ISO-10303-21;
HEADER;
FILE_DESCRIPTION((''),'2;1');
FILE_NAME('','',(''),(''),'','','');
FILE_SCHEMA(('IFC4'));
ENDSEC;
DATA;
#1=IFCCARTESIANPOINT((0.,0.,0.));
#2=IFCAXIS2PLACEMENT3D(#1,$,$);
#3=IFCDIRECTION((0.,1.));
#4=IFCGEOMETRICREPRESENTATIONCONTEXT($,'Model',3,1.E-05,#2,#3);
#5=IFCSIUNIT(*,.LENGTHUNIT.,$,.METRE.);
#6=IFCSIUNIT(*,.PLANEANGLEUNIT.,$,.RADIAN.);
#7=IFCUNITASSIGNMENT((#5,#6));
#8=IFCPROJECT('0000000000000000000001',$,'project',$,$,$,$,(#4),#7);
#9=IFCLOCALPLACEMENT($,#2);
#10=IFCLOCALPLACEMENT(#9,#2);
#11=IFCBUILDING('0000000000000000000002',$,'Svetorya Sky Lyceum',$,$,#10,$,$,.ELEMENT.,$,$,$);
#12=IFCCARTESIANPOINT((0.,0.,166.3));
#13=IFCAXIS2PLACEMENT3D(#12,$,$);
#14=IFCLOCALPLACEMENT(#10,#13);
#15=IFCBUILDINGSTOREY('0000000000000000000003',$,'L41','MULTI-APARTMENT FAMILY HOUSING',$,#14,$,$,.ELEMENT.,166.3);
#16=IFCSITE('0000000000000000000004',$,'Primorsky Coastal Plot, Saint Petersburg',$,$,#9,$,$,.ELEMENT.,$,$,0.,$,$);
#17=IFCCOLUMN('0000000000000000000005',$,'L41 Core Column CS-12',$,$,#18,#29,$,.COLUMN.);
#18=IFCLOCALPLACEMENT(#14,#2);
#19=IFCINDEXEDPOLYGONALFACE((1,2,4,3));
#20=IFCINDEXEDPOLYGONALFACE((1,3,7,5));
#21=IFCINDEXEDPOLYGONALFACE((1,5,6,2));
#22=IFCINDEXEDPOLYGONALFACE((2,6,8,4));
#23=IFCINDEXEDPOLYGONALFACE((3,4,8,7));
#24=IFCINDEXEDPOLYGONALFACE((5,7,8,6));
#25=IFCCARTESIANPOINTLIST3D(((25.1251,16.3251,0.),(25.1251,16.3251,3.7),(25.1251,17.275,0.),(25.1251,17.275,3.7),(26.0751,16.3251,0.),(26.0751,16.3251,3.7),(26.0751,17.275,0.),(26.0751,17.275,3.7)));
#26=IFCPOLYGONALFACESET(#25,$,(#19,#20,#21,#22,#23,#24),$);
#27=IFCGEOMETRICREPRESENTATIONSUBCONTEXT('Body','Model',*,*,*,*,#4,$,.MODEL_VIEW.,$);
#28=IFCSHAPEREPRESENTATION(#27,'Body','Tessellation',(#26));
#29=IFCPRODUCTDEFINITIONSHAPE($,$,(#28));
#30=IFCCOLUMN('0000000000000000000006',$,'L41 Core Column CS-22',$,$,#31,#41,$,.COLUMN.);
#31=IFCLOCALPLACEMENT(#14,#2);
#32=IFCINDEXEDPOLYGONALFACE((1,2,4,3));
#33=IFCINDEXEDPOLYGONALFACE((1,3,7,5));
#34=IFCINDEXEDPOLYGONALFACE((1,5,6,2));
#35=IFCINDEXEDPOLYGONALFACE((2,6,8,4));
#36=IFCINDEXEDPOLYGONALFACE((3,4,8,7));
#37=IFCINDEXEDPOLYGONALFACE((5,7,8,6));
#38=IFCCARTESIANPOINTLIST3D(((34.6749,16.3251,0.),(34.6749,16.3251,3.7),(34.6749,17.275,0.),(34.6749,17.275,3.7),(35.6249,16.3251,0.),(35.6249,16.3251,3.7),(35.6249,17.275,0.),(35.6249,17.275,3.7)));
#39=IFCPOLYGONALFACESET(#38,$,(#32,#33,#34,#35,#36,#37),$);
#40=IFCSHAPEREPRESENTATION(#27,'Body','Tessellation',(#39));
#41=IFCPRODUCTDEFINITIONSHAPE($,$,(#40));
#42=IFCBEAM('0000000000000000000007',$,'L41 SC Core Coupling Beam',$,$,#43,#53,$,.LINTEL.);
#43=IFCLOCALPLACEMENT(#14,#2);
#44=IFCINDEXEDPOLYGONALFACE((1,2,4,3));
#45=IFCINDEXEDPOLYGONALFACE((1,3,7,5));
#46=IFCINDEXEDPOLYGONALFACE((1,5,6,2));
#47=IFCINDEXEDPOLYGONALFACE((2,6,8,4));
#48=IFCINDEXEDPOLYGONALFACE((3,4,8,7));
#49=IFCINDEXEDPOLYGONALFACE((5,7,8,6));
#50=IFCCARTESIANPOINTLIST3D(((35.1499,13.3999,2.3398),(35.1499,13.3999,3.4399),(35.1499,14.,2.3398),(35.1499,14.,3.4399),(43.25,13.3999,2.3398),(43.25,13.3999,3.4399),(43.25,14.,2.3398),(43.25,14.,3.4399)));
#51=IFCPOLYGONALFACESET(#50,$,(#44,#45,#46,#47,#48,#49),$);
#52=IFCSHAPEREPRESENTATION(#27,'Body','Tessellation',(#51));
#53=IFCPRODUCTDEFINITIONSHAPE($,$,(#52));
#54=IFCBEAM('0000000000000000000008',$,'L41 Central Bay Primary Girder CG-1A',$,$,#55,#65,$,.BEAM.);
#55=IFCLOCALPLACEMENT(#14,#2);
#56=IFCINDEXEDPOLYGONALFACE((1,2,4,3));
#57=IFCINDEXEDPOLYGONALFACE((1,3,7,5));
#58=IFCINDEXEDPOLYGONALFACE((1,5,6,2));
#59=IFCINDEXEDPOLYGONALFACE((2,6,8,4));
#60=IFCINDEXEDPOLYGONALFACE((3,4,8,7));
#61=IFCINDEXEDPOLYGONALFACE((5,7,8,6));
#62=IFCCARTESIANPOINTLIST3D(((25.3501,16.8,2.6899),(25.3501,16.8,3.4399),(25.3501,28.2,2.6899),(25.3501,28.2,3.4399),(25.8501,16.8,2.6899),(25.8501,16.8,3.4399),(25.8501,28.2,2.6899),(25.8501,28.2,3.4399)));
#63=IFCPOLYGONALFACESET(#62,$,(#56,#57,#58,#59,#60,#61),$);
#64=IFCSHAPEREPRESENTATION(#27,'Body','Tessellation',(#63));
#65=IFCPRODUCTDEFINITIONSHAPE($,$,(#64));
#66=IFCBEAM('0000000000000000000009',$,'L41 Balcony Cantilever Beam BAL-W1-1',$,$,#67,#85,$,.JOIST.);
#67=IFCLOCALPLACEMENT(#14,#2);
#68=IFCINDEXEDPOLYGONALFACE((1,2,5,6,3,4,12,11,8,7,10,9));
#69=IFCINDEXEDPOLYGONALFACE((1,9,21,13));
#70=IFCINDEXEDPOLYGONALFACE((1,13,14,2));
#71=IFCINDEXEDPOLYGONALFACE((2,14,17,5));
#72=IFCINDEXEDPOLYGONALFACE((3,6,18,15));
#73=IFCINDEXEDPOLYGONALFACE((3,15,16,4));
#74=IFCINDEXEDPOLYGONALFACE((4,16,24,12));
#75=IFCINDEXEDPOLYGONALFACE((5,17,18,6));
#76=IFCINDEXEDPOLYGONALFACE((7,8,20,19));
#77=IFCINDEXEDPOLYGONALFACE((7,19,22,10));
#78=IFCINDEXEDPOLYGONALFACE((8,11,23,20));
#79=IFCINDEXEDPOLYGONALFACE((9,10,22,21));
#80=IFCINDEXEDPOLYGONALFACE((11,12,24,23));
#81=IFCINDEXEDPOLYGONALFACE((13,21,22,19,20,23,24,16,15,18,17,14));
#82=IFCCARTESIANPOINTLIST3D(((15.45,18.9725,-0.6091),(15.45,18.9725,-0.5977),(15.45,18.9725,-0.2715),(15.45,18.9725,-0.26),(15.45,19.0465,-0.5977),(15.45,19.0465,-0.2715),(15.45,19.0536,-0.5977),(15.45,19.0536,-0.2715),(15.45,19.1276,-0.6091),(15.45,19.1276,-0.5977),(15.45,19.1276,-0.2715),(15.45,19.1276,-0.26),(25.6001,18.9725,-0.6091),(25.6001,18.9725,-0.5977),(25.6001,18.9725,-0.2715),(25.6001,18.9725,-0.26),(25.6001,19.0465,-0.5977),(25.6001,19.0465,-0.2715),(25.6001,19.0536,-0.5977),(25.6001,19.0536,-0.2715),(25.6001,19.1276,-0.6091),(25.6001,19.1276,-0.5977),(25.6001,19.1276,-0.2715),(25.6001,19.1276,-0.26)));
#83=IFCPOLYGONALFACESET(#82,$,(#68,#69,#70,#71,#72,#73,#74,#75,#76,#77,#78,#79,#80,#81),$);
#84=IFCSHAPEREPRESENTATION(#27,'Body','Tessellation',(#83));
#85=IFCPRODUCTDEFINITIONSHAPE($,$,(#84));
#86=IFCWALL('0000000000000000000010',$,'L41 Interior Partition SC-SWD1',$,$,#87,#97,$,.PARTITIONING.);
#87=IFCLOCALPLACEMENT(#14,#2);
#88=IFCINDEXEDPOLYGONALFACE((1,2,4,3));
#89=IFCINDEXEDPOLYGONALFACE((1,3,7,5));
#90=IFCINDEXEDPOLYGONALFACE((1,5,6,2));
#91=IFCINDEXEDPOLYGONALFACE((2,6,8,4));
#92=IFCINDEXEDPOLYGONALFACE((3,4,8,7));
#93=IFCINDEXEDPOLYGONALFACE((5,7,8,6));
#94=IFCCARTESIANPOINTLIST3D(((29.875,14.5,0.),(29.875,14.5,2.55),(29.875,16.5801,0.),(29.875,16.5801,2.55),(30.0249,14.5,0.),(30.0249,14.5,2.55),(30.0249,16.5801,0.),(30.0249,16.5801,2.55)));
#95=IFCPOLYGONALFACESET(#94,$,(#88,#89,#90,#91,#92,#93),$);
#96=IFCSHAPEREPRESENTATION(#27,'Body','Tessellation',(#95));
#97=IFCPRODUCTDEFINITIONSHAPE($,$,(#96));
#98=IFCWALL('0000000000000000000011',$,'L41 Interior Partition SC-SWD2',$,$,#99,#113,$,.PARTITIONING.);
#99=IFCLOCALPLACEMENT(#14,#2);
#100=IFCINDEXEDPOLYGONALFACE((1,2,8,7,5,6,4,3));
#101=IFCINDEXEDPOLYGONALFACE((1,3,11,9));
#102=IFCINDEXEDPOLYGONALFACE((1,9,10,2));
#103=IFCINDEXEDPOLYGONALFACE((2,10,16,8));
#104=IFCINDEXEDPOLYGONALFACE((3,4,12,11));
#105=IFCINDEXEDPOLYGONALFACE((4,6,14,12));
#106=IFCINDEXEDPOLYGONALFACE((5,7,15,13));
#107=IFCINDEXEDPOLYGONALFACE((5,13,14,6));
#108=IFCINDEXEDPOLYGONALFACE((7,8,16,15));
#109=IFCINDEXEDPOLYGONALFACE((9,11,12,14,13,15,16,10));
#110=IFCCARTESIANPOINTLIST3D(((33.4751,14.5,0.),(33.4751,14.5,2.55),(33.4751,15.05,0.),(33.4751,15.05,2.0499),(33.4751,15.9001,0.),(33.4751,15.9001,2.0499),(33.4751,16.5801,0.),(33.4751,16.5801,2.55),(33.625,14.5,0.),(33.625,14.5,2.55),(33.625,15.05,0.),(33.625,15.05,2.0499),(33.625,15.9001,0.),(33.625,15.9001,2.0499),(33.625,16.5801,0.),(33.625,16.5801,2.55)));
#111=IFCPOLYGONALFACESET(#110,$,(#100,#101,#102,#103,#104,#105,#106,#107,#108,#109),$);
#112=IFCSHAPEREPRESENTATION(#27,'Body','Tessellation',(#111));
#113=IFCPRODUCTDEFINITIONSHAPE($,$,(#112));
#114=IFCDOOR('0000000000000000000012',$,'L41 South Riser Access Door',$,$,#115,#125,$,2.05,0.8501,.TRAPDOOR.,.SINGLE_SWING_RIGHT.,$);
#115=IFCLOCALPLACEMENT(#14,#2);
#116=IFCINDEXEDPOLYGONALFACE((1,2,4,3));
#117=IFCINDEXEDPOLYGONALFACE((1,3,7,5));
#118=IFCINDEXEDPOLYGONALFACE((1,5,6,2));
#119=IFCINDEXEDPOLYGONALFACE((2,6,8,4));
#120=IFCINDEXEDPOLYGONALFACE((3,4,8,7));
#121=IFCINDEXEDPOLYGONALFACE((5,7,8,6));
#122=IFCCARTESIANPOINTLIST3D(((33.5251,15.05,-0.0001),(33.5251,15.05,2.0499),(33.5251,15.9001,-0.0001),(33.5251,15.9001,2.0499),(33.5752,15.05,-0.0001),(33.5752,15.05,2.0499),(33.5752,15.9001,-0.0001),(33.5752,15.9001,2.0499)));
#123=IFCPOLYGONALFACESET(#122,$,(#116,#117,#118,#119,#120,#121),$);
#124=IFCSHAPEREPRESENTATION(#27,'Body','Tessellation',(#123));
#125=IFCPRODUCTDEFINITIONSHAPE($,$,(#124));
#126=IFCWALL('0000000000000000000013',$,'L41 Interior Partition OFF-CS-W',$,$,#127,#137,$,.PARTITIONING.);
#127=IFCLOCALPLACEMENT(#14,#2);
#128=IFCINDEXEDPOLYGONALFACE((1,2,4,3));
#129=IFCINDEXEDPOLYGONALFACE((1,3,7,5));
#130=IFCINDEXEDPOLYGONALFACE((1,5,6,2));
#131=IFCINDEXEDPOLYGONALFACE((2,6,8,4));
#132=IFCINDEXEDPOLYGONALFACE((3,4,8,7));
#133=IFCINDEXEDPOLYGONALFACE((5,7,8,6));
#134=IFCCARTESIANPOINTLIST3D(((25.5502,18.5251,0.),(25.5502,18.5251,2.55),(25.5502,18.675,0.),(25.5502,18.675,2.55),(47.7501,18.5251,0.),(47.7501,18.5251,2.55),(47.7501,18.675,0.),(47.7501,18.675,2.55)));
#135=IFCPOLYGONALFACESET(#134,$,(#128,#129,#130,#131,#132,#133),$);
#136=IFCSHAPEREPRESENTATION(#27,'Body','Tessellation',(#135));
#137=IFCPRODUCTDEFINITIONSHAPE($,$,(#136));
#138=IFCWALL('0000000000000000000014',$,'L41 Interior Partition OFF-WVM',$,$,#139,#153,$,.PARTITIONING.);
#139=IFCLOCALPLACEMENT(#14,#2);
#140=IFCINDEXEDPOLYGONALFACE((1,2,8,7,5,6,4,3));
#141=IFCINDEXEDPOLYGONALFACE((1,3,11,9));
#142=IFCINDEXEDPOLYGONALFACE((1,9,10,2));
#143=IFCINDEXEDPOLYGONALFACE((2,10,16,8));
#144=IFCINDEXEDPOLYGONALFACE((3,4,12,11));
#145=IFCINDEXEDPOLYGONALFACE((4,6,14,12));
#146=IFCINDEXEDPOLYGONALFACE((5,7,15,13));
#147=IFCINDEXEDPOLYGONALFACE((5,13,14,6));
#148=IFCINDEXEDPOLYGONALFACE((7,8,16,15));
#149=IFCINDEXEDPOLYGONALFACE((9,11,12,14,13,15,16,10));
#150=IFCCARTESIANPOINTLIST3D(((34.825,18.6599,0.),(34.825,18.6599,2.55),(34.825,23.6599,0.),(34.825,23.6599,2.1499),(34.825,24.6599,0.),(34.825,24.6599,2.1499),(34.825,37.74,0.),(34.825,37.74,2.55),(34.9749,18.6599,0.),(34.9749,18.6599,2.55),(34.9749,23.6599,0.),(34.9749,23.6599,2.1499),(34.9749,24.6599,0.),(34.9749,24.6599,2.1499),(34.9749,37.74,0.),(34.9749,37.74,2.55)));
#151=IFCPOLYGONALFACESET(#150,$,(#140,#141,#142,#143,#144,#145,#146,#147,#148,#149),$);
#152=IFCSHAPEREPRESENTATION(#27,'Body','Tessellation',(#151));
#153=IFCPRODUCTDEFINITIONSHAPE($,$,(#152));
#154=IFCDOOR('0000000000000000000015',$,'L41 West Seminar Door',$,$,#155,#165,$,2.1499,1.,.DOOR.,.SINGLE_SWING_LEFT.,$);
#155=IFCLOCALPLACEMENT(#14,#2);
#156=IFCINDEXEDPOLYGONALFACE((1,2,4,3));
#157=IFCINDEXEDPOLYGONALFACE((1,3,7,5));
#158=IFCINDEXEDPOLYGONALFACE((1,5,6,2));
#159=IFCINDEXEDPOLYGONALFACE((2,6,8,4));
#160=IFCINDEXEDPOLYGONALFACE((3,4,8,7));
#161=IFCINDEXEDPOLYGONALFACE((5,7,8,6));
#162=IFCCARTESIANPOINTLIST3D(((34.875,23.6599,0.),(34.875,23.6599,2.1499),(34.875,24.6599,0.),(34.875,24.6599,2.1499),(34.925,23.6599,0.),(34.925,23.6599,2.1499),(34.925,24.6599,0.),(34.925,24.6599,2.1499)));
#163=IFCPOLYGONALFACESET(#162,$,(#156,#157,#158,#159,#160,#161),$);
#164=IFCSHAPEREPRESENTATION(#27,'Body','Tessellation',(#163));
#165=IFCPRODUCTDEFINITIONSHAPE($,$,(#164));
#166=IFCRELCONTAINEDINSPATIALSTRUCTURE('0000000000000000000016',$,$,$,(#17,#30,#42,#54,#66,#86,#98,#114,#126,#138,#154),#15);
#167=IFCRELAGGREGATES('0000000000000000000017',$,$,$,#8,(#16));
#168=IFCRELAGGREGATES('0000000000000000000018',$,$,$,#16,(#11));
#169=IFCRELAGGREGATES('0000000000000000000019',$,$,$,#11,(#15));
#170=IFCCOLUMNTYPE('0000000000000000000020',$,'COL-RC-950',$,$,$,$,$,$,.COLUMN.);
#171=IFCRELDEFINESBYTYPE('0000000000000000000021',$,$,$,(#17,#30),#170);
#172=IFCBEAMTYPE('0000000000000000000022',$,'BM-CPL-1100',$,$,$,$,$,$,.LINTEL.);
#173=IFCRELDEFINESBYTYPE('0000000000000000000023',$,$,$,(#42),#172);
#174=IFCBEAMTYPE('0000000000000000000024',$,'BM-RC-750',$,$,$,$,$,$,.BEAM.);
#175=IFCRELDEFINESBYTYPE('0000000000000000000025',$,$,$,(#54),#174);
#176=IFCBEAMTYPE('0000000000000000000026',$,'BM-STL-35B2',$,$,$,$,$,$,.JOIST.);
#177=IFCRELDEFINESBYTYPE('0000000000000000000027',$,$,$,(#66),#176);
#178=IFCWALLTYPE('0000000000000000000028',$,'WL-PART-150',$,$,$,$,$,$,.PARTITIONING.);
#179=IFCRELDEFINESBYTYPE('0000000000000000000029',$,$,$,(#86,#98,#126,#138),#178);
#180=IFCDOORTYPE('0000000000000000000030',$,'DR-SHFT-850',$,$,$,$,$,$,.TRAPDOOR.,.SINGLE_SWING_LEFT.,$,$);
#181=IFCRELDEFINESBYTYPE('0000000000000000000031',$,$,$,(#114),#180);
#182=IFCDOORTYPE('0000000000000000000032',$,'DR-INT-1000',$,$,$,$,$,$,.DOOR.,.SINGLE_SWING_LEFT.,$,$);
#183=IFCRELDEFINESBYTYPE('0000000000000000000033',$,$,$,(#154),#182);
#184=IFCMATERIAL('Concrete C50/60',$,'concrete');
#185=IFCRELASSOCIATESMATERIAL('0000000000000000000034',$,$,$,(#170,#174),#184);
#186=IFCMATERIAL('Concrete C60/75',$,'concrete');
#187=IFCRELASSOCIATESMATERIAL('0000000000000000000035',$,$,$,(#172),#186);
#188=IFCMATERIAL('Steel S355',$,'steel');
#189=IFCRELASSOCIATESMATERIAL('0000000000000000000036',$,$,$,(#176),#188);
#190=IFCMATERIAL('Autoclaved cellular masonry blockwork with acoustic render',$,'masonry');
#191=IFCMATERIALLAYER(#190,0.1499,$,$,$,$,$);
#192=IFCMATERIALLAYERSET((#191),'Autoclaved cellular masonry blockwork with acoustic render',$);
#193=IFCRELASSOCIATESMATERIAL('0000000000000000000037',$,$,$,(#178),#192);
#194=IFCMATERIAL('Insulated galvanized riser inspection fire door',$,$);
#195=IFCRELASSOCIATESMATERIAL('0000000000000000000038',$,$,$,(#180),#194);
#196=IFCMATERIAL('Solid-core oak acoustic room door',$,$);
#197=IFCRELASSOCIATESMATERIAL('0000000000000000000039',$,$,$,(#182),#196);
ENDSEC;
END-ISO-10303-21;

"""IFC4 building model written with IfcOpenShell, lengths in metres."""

from ifc_helpers import new_model, si_unit, direction, frame, frame_2d, origin, origin_2d, place, context, subcontext, project, spatial, rectangle, i_section, extrude, material, layer, layer_set, material_profile, profile_set, type_object, element, fill, save


model = new_model("IFC4")

# Units and contexts
model_context = context("Model", 3, precision=1e-05, world=origin(), true_north=direction((0.0, 1.0)))
body_context = subcontext(model_context, "Body", "Model", "MODEL_VIEW")
ifc_project = project(units=[si_unit("LENGTHUNIT", "METRE"), si_unit("PLANEANGLEUNIT", "RADIAN")], contexts=[model_context])

# Site, building, storey
site_placement = place(None, origin())
site = spatial("IfcSite", under=ifc_project, at=site_placement, Name="Primorsky Coastal Plot, Saint Petersburg", CompositionType="ELEMENT", RefElevation=0.0)
building_placement = place(site_placement, origin())
building = spatial("IfcBuilding", under=site, at=building_placement, Name="Svetorya Sky Lyceum", CompositionType="ELEMENT")
storey_placement = place(building_placement, frame((0.0, 0.0, 166.3)))
storey = spatial("IfcBuildingStorey", under=building, at=storey_placement, Name="L41", Description="MULTI-APARTMENT FAMILY HOUSING", CompositionType="ELEMENT", Elevation=166.3)

# Columns
ifc_material_1 = material(Name="Concrete C50/60", Category="concrete")
ifc_material_profile_1 = material_profile(ifc_material_1, rectangle(XDim=0.95, YDim=0.95, at=origin_2d()), Name="RC COL 950x950")
ifc_profile_set_1 = profile_set([ifc_material_profile_1], Name="Concrete C50/60")
column_type = type_object("IfcColumnType", Name="COL-RC-950", PredefinedType="COLUMN", material=ifc_profile_set_1)
for number, where, z_axis, x_axis, name in (
    (1, (25.6001, 16.8, 0.0), (0.0, 0.0, 1.0), (1.0, 0.0, 0.0), "L41 Core Column CS-12"),
    (2, (35.1499, 16.8, 0.0), (0.0, 0.0, 1.0), (1.0, 0.0, 0.0), "L41 Core Column CS-22"),
):
    element("IfcColumn", number, at=place(storey_placement, frame(where, z_axis=z_axis, x_axis=x_axis)), inside=storey, type_object=column_type, Name=name, PredefinedType="COLUMN", context=body_context, shape_type="SweptSolid", body=[
        extrude(rectangle(XDim=0.95, YDim=0.95, at=origin_2d()), origin(), (0.0, 0.0, 1.0), 3.7),
    ])

# Beams
ifc_material_2 = material(Name="Concrete C60/75", Category="concrete")
ifc_material_profile_2 = material_profile(ifc_material_2, rectangle(XDim=0.6001, YDim=1.1001, at=origin_2d()), Name="RC COUPLING 600x1100")
ifc_profile_set_2 = profile_set([ifc_material_profile_2], Name="Concrete C60/75")
beam_type_1 = type_object("IfcBeamType", Name="BM-CPL-1100", PredefinedType="LINTEL", material=ifc_profile_set_2)
beam_1_placement = place(storey_placement, frame((35.1499, 13.7, 2.8899), z_axis=(1.0, 0.0, 0.0), x_axis=(0.0, 1.0, 0.0)))
element("IfcBeam", 3, at=beam_1_placement, inside=storey, type_object=beam_type_1, Name="L41 SC Core Coupling Beam", PredefinedType="LINTEL", context=body_context, shape_type="SweptSolid", body=[
    extrude(rectangle(XDim=0.6001, YDim=1.1001, at=origin_2d()), origin(), (0.0, 0.0, 1.0), 8.1001),
])
ifc_material_profile_3 = material_profile(ifc_material_1, rectangle(XDim=0.5, YDim=0.75, at=origin_2d()), Name="RC BEAM 500x750")
ifc_profile_set_3 = profile_set([ifc_material_profile_3], Name="Concrete C50/60")
beam_type_2 = type_object("IfcBeamType", Name="BM-RC-750", PredefinedType="BEAM", material=ifc_profile_set_3)
beam_2_placement = place(storey_placement, frame((25.6001, 16.8, 3.0649), z_axis=(0.0, 1.0, 0.0), x_axis=(-1.0, 0.0, 0.0)))
element("IfcBeam", 4, at=beam_2_placement, inside=storey, type_object=beam_type_2, Name="L41 Central Bay Primary Girder CG-1A", PredefinedType="BEAM", context=body_context, shape_type="SweptSolid", body=[
    extrude(rectangle(XDim=0.5, YDim=0.75, at=origin_2d()), origin(), (0.0, 0.0, 1.0), 11.3999),
])
ifc_material_3 = material(Name="Steel S355", Category="steel")
ifc_material_profile_4 = material_profile(ifc_material_3, i_section(OverallWidth=0.155, OverallDepth=0.3491, WebThickness=0.0071, FlangeThickness=0.0115, at=origin_2d()), Name="GOST 35B2")
ifc_profile_set_4 = profile_set([ifc_material_profile_4], Name="Steel S355")
beam_type_3 = type_object("IfcBeamType", Name="BM-STL-35B2", PredefinedType="JOIST", material=ifc_profile_set_4)
beam_3_placement = place(storey_placement, frame((25.6001, 19.05, -0.4346), z_axis=(-1.0, 0.0, 0.0), x_axis=(0.0, -1.0, 0.0)))
element("IfcBeam", 5, at=beam_3_placement, inside=storey, type_object=beam_type_3, Name="L41 Balcony Cantilever Beam BAL-W1-1", PredefinedType="JOIST", context=body_context, shape_type="SweptSolid", body=[
    extrude(i_section(OverallWidth=0.155, OverallDepth=0.3491, WebThickness=0.0071, FlangeThickness=0.0115, at=origin_2d()), origin(), (0.0, 0.0, 1.0), 10.1501),
])

# Wall
ifc_material_4 = material(Name="Autoclaved cellular masonry blockwork with acoustic render", Category="masonry")
ifc_layer_1 = layer(ifc_material_4, 0.1499)
ifc_layer_set_1 = layer_set([ifc_layer_1], Name="Autoclaved cellular masonry blockwork with acoustic render")
wall_type_1 = type_object("IfcWallType", Name="WL-PART-150", PredefinedType="PARTITIONING", material=ifc_layer_set_1)
wall_1_placement = place(storey_placement, frame((29.95, 14.5, 0.0), z_axis=(0.0, 0.0, 1.0), x_axis=(0.0, 1.0, 0.0)))
element("IfcWall", 6, at=wall_1_placement, inside=storey, type_object=wall_type_1, Name="L41 Interior Partition SC-SWD1", PredefinedType="PARTITIONING", context=body_context, shape_type="SweptSolid", body=[
    extrude(rectangle(XDim=2.0801, YDim=0.1499, at=frame_2d((1.04, 0.0))), origin(), (0.0, 0.0, 1.0), 2.55),
])

# Wall, opening, door
wall_2_placement = place(storey_placement, frame((33.55, 14.5, 0.0), z_axis=(0.0, 0.0, 1.0), x_axis=(0.0, 1.0, 0.0)))
wall_2 = element("IfcWall", 7, at=wall_2_placement, inside=storey, type_object=wall_type_1, Name="L41 Interior Partition SC-SWD2", PredefinedType="PARTITIONING", context=body_context, shape_type="SweptSolid", body=[
    extrude(rectangle(XDim=2.0801, YDim=0.1499, at=frame_2d((1.04, 0.0))), origin(), (0.0, 0.0, 1.0), 2.55),
])
opening_1_placement = place(wall_2_placement, frame((0.55, 0.0, 0.0)))
opening_1 = element("IfcOpeningElement", 8, at=opening_1_placement, cuts=wall_2, PredefinedType="OPENING", context=body_context, shape_type="SweptSolid", body=[
    extrude(rectangle(XDim=0.8501, YDim=2.05, at=frame_2d((0.425, 1.0249))), frame((0.0, 0.085, 0.0), z_axis=(0.0, -1.0, 0.0), x_axis=(1.0, 0.0, 0.0)), (0.0, 0.0, 1.0), 0.1699),
])
ifc_material_5 = material(Name="Insulated galvanized riser inspection fire door")
door_type_1 = type_object("IfcDoorType", Name="DR-SHFT-850", OperationType="SINGLE_SWING_LEFT", PredefinedType="TRAPDOOR", material=ifc_material_5)
door_1_placement = place(opening_1_placement, origin())
door_1 = element("IfcDoor", 9, at=door_1_placement, inside=storey, type_object=door_type_1, Name="L41 South Riser Access Door", OperationType="SINGLE_SWING_RIGHT", OverallHeight=2.05, OverallWidth=0.8501, PredefinedType="TRAPDOOR", context=body_context, shape_type="SweptSolid", body=[
    extrude(rectangle(XDim=0.8501, YDim=2.05, at=frame_2d((0.425, 1.0249))), frame((0.0, 0.0249, 0.0), z_axis=(0.0, -1.0, 0.0), x_axis=(1.0, 0.0, 0.0)), (0.0, 0.0, 1.0), 0.05),
])
fill(opening_1, door_1)

# Wall
wall_3_placement = place(storey_placement, frame((25.55, 18.6001, 0.0), z_axis=(0.0, 0.0, 1.0), x_axis=(1.0, 0.0, 0.0)))
element("IfcWall", 10, at=wall_3_placement, inside=storey, type_object=wall_type_1, Name="L41 Interior Partition OFF-CS-W", PredefinedType="PARTITIONING", context=body_context, shape_type="SweptSolid", body=[
    extrude(rectangle(XDim=22.2, YDim=0.1499, at=frame_2d((11.1001, 0.0))), origin(), (0.0, 0.0, 1.0), 2.55),
])

# Wall, opening, door
wall_4_placement = place(storey_placement, frame((34.8999, 18.6599, 0.0), z_axis=(0.0, 0.0, 1.0), x_axis=(0.0, 1.0, 0.0)))
wall_4 = element("IfcWall", 11, at=wall_4_placement, inside=storey, type_object=wall_type_1, Name="L41 Interior Partition OFF-WVM", PredefinedType="PARTITIONING", context=body_context, shape_type="SweptSolid", body=[
    extrude(rectangle(XDim=19.0801, YDim=0.1499, at=frame_2d((9.54, 0.0))), origin(), (0.0, 0.0, 1.0), 2.55),
])
opening_2_placement = place(wall_4_placement, frame((5.0, 0.0, 0.0)))
opening_2 = element("IfcOpeningElement", 12, at=opening_2_placement, cuts=wall_4, PredefinedType="OPENING", context=body_context, shape_type="SweptSolid", body=[
    extrude(rectangle(XDim=1.0, YDim=2.1499, at=frame_2d((0.5, 1.075))), frame((0.0, 0.085, 0.0), z_axis=(0.0, -1.0, 0.0), x_axis=(1.0, 0.0, 0.0)), (0.0, 0.0, 1.0), 0.1699),
])
ifc_material_6 = material(Name="Solid-core oak acoustic room door")
door_type_2 = type_object("IfcDoorType", Name="DR-INT-1000", OperationType="SINGLE_SWING_LEFT", PredefinedType="DOOR", material=ifc_material_6)
door_2_placement = place(opening_2_placement, origin())
door_2 = element("IfcDoor", 13, at=door_2_placement, inside=storey, type_object=door_type_2, Name="L41 West Seminar Door", OperationType="SINGLE_SWING_LEFT", OverallHeight=2.1499, OverallWidth=1.0, PredefinedType="DOOR", context=body_context, shape_type="SweptSolid", body=[
    extrude(rectangle(XDim=1.0, YDim=2.1499, at=frame_2d((0.5, 1.075))), frame((0.0, 0.0249, 0.0), z_axis=(0.0, -1.0, 0.0), x_axis=(1.0, 0.0, 0.0)), (0.0, 0.0, 1.0), 0.05),
])
fill(opening_2, door_2)

save(model, "model.ifc")
